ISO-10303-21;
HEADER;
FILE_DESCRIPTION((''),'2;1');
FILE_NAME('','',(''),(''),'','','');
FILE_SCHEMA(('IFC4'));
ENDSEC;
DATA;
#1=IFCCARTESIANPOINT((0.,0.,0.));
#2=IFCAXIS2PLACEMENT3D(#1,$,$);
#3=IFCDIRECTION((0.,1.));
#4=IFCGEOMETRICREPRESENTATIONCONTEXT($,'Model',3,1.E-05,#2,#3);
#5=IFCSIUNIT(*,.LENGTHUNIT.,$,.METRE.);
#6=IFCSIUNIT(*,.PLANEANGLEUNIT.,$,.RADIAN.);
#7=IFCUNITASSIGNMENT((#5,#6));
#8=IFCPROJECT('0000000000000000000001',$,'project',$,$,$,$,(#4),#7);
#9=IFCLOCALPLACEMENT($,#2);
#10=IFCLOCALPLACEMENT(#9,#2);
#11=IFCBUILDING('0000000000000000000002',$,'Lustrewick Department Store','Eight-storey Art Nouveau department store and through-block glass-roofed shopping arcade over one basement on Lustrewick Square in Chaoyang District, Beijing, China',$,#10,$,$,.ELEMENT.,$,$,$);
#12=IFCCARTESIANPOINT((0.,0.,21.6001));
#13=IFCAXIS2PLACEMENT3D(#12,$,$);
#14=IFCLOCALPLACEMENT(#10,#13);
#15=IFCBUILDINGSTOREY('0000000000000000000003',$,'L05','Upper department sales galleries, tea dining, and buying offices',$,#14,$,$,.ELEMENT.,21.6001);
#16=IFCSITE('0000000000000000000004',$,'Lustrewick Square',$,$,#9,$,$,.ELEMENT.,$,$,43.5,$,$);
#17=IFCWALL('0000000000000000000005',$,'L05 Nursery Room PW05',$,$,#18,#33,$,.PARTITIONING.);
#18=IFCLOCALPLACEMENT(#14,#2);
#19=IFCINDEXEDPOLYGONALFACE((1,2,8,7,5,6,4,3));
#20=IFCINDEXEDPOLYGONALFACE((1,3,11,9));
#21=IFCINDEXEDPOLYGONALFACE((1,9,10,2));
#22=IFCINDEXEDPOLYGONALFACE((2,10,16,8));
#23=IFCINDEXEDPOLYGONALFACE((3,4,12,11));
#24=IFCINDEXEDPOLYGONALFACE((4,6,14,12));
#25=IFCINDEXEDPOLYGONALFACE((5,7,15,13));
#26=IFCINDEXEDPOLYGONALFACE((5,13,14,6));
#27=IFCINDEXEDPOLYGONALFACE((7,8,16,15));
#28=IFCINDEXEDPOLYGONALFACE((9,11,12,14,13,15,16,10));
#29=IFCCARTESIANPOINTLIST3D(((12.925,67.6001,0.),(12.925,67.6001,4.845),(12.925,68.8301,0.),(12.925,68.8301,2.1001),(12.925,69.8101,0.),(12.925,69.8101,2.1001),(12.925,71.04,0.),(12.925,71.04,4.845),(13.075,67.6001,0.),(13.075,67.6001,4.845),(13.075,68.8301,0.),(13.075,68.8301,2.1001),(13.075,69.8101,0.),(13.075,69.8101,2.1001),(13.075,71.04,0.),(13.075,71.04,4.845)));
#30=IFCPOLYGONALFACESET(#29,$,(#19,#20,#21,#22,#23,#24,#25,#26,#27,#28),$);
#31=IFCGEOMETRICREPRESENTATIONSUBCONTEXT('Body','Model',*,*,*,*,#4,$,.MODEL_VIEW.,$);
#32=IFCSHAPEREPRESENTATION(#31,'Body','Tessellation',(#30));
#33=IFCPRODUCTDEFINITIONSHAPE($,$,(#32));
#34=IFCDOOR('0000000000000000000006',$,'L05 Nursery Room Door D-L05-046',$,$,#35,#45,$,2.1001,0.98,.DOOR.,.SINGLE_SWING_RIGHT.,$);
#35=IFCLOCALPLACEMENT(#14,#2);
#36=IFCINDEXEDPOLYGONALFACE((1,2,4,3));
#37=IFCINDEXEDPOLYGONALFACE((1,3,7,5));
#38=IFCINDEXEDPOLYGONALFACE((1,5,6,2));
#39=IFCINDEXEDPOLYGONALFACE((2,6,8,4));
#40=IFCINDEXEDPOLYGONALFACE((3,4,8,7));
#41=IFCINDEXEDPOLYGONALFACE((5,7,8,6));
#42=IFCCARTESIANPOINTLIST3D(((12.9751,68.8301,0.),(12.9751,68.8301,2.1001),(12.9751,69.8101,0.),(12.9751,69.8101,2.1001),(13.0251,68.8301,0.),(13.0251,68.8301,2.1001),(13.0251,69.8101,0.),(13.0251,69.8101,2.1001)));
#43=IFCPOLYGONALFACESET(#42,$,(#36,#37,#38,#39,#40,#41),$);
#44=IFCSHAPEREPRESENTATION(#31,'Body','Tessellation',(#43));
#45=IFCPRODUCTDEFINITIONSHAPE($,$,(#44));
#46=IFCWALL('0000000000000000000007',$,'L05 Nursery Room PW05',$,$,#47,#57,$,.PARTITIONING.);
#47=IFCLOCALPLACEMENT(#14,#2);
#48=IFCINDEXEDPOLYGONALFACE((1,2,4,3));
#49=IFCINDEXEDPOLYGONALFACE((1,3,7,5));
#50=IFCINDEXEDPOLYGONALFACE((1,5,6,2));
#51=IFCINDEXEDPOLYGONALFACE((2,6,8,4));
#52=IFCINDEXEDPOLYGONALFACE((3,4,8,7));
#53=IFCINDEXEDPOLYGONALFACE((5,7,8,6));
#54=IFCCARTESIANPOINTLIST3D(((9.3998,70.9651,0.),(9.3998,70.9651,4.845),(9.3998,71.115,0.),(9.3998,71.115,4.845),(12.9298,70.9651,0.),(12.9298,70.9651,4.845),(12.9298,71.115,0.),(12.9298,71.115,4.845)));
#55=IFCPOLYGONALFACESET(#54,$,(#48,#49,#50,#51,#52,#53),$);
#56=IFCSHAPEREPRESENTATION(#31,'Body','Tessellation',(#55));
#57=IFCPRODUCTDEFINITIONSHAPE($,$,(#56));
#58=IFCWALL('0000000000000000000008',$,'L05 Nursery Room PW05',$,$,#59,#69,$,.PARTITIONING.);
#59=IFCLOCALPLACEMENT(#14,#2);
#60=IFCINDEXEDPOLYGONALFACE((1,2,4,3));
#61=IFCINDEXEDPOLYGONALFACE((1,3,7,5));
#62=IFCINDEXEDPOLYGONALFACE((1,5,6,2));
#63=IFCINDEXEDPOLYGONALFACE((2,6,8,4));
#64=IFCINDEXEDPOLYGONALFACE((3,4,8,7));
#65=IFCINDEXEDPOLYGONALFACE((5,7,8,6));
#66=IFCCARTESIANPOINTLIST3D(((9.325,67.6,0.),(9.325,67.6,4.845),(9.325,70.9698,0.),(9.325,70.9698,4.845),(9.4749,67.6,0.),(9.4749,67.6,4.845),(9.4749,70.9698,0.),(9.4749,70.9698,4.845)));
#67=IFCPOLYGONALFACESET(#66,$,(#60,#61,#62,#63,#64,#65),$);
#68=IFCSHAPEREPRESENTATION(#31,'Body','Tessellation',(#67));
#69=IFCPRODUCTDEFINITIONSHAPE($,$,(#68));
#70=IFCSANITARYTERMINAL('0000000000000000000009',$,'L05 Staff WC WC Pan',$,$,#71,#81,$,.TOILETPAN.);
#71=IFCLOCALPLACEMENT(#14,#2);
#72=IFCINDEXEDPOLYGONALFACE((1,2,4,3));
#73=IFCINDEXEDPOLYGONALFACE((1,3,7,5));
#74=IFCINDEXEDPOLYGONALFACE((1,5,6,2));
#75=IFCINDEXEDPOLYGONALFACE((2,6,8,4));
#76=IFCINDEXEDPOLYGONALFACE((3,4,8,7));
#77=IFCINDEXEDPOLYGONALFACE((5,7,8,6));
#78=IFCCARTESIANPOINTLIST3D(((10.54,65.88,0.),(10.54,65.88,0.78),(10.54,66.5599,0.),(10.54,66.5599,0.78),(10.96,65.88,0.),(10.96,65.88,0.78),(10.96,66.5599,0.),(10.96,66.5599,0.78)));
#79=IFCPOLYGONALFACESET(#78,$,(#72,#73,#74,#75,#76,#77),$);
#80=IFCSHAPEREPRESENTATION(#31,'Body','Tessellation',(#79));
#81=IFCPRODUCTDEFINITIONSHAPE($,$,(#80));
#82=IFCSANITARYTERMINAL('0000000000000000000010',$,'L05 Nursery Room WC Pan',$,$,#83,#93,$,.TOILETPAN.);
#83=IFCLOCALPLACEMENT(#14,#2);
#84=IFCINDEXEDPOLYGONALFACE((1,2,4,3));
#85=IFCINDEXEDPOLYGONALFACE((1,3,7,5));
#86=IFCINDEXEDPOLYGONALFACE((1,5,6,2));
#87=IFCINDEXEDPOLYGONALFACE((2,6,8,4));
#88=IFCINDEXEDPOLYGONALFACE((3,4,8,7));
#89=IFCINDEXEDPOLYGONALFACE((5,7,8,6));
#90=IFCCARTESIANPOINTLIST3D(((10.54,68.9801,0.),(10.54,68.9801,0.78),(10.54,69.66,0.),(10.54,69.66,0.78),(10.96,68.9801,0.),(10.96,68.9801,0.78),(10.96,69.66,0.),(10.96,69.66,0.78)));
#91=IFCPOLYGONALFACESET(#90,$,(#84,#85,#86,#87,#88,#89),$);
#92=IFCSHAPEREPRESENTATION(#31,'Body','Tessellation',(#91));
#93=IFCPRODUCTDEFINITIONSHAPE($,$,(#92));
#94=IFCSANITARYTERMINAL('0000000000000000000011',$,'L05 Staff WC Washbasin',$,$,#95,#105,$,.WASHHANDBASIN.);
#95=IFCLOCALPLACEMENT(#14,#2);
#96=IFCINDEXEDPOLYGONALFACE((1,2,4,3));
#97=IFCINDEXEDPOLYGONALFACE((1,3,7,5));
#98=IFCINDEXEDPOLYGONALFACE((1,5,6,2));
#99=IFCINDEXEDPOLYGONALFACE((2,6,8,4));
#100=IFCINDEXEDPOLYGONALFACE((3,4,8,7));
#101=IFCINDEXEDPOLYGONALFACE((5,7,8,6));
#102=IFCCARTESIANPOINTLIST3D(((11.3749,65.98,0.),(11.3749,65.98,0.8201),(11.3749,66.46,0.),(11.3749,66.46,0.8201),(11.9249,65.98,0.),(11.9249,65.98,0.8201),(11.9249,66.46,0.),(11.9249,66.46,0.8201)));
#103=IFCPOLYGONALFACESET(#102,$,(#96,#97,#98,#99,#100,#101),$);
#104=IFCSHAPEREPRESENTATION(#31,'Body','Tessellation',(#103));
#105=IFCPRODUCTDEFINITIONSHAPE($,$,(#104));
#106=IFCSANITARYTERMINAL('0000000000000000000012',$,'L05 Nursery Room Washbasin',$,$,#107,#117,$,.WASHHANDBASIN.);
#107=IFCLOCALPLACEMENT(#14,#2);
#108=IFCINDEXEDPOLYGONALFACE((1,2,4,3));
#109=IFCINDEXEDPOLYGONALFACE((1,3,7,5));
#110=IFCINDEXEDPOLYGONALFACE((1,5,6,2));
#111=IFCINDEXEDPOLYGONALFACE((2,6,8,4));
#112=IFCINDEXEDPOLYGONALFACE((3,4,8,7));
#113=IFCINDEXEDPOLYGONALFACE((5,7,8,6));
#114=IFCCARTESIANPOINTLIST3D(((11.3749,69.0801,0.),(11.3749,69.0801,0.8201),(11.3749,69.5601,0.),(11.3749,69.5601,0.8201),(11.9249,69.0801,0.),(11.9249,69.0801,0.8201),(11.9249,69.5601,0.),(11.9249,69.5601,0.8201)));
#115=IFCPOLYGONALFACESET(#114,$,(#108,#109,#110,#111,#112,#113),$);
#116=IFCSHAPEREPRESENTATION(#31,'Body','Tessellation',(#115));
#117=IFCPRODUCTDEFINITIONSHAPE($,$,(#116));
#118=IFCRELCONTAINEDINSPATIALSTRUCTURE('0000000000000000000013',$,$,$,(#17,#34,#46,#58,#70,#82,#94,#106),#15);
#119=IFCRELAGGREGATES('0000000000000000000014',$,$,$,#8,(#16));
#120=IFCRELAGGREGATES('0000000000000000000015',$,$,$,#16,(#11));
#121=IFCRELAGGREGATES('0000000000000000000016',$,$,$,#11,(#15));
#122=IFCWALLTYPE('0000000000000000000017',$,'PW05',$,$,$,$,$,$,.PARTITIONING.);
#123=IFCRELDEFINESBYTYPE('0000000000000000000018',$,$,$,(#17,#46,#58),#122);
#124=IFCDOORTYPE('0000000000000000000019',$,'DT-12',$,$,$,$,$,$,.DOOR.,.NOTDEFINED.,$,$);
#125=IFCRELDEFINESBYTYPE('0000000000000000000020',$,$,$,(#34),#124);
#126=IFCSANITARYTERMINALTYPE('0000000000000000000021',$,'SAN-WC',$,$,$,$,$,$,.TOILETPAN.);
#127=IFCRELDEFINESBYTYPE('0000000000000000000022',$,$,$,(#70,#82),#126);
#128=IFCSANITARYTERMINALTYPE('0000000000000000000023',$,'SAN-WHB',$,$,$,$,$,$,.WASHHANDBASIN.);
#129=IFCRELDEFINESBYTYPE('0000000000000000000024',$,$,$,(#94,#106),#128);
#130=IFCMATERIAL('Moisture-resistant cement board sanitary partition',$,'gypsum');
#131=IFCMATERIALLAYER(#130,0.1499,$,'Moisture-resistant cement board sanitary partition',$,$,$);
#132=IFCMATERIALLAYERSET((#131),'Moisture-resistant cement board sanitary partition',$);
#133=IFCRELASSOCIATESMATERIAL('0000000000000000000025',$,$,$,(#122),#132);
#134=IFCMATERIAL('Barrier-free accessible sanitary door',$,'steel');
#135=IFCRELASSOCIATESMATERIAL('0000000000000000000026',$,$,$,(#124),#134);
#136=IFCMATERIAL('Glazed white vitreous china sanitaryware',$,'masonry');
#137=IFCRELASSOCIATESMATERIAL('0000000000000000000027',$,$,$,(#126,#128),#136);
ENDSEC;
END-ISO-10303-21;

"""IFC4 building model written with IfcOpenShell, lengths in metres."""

from ifc_helpers import new_model, si_unit, direction, frame, frame_2d, origin, origin_2d, place, context, subcontext, project, spatial, rectangle, extrude, material, layer, layer_set, type_object, element, fill, save


model = new_model("IFC4")

# Units and contexts
model_context = context("Model", 3, precision=1e-05, world=origin(), true_north=direction((0.0, 1.0)))
body_context = subcontext(model_context, "Body", "Model", "MODEL_VIEW")
ifc_project = project(units=[si_unit("LENGTHUNIT", "METRE"), si_unit("PLANEANGLEUNIT", "RADIAN")], contexts=[model_context])

# Site, building, storey
site_placement = place(None, origin())
site = spatial("IfcSite", under=ifc_project, at=site_placement, Name="Lustrewick Square", CompositionType="ELEMENT", RefElevation=43.5)
building_placement = place(site_placement, origin())
building = spatial("IfcBuilding", under=site, at=building_placement, Name="Lustrewick Department Store", Description="Eight-storey Art Nouveau department store and through-block glass-roofed shopping arcade over one basement on Lustrewick Square in Chaoyang District, Beijing, China", CompositionType="ELEMENT")
storey_placement = place(building_placement, frame((0.0, 0.0, 21.6001)))
storey = spatial("IfcBuildingStorey", under=building, at=storey_placement, Name="L05", Description="Upper department sales galleries, tea dining, and buying offices", CompositionType="ELEMENT", Elevation=21.6001)

# Shared definitions
ifc_material_1 = material(Name="Moisture-resistant cement board sanitary partition", Category="gypsum")
ifc_layer_1 = layer(ifc_material_1, 0.1499, Name="Moisture-resistant cement board sanitary partition")
ifc_layer_set_1 = layer_set([ifc_layer_1], Name="Moisture-resistant cement board sanitary partition")
wall_type_1 = type_object("IfcWallType", Name="PW05", PredefinedType="PARTITIONING", material=ifc_layer_set_1)

# Wall, opening, door
wall_1_placement = place(storey_placement, frame((13.0, 67.6001, 0.0), z_axis=(0.0, 0.0, 1.0), x_axis=(0.0, 1.0, 0.0)))
wall_1 = element("IfcWall", 1, at=wall_1_placement, inside=storey, type_object=wall_type_1, Name="L05 Nursery Room PW05", PredefinedType="PARTITIONING", context=body_context, shape_type="SweptSolid", body=[
    extrude(rectangle(XDim=3.4399, YDim=0.1499, at=frame_2d((1.72, 0.0))), origin(), (0.0, 0.0, 1.0), 4.845),
])
opening_1_placement = place(wall_1_placement, frame((1.23, 0.0, 0.0)))
opening_1 = element("IfcOpeningElement", 2, at=opening_1_placement, cuts=wall_1, PredefinedType="OPENING", context=body_context, shape_type="SweptSolid", body=[
    extrude(rectangle(XDim=0.98, YDim=2.1001, at=frame_2d((0.49, 1.05))), frame((0.0, 0.085, 0.0), z_axis=(0.0, -1.0, 0.0), x_axis=(1.0, 0.0, 0.0)), (0.0, 0.0, 1.0), 0.1699),
])
ifc_material_2 = material(Name="Barrier-free accessible sanitary door", Category="steel")
door_type = type_object("IfcDoorType", Name="DT-12", OperationType="NOTDEFINED", PredefinedType="DOOR", material=ifc_material_2)
door_placement = place(opening_1_placement, origin())
door = element("IfcDoor", 3, at=door_placement, inside=storey, type_object=door_type, Name="L05 Nursery Room Door D-L05-046", OperationType="SINGLE_SWING_RIGHT", OverallHeight=2.1001, OverallWidth=0.98, PredefinedType="DOOR", context=body_context, shape_type="SweptSolid", body=[
    extrude(rectangle(XDim=0.98, YDim=2.1001, at=frame_2d((0.49, 1.05))), frame((0.0, 0.0249, 0.0), z_axis=(0.0, -1.0, 0.0), x_axis=(1.0, 0.0, 0.0)), (0.0, 0.0, 1.0), 0.05),
])
fill(opening_1, door)

# Walls
wall_2_placement = place(storey_placement, frame((12.9299, 71.04, 0.0), z_axis=(0.0, 0.0, 1.0), x_axis=(-1.0, 0.0, 0.0)))
element("IfcWall", 4, at=wall_2_placement, inside=storey, type_object=wall_type_1, Name="L05 Nursery Room PW05", PredefinedType="PARTITIONING", context=body_context, shape_type="SweptSolid", body=[
    extrude(rectangle(XDim=3.53, YDim=0.1499, at=frame_2d((1.7651, 0.0))), origin(), (0.0, 0.0, 1.0), 4.845),
])
wall_3_placement = place(storey_placement, frame((9.3999, 70.97, 0.0), z_axis=(0.0, 0.0, 1.0), x_axis=(0.0, -1.0, 0.0)))
element("IfcWall", 5, at=wall_3_placement, inside=storey, type_object=wall_type_1, Name="L05 Nursery Room PW05", PredefinedType="PARTITIONING", context=body_context, shape_type="SweptSolid", body=[
    extrude(rectangle(XDim=3.3699, YDim=0.1499, at=frame_2d((1.6851, 0.0))), origin(), (0.0, 0.0, 1.0), 4.845),
])

# Sanitary terminals
ifc_material_3 = material(Name="Glazed white vitreous china sanitaryware", Category="masonry")
sanitary_terminal_type_1 = type_object("IfcSanitaryTerminalType", Name="SAN-WC", PredefinedType="TOILETPAN", material=ifc_material_3)
for number, where, z_axis, x_axis, name in (
    (6, (10.75, 66.22, 0.0), (0.0, 0.0, 1.0), (1.0, 0.0, 0.0), "L05 Staff WC WC Pan"),
    (7, (10.75, 69.3201, 0.0), (0.0, 0.0, 1.0), (1.0, 0.0, 0.0), "L05 Nursery Room WC Pan"),
):
    element("IfcSanitaryTerminal", number, at=place(storey_placement, frame(where, z_axis=z_axis, x_axis=x_axis)), inside=storey, type_object=sanitary_terminal_type_1, Name=name, PredefinedType="TOILETPAN", context=body_context, shape_type="SweptSolid", body=[
        extrude(rectangle(XDim=0.4199, YDim=0.6799, at=origin_2d()), origin(), (0.0, 0.0, 1.0), 0.78),
    ])
sanitary_terminal_type_2 = type_object("IfcSanitaryTerminalType", Name="SAN-WHB", PredefinedType="WASHHANDBASIN", material=ifc_material_3)
for number, where, z_axis, x_axis, name in (
    (8, (11.6499, 66.22, 0.0), (0.0, 0.0, 1.0), (1.0, 0.0, 0.0), "L05 Staff WC Washbasin"),
    (9, (11.6499, 69.3201, 0.0), (0.0, 0.0, 1.0), (1.0, 0.0, 0.0), "L05 Nursery Room Washbasin"),
):
    element("IfcSanitaryTerminal", number, at=place(storey_placement, frame(where, z_axis=z_axis, x_axis=x_axis)), inside=storey, type_object=sanitary_terminal_type_2, Name=name, PredefinedType="WASHHANDBASIN", context=body_context, shape_type="SweptSolid", body=[
        extrude(rectangle(XDim=0.55, YDim=0.48, at=origin_2d()), origin(), (0.0, 0.0, 1.0), 0.8201),
    ])

save(model, "model.ifc")
